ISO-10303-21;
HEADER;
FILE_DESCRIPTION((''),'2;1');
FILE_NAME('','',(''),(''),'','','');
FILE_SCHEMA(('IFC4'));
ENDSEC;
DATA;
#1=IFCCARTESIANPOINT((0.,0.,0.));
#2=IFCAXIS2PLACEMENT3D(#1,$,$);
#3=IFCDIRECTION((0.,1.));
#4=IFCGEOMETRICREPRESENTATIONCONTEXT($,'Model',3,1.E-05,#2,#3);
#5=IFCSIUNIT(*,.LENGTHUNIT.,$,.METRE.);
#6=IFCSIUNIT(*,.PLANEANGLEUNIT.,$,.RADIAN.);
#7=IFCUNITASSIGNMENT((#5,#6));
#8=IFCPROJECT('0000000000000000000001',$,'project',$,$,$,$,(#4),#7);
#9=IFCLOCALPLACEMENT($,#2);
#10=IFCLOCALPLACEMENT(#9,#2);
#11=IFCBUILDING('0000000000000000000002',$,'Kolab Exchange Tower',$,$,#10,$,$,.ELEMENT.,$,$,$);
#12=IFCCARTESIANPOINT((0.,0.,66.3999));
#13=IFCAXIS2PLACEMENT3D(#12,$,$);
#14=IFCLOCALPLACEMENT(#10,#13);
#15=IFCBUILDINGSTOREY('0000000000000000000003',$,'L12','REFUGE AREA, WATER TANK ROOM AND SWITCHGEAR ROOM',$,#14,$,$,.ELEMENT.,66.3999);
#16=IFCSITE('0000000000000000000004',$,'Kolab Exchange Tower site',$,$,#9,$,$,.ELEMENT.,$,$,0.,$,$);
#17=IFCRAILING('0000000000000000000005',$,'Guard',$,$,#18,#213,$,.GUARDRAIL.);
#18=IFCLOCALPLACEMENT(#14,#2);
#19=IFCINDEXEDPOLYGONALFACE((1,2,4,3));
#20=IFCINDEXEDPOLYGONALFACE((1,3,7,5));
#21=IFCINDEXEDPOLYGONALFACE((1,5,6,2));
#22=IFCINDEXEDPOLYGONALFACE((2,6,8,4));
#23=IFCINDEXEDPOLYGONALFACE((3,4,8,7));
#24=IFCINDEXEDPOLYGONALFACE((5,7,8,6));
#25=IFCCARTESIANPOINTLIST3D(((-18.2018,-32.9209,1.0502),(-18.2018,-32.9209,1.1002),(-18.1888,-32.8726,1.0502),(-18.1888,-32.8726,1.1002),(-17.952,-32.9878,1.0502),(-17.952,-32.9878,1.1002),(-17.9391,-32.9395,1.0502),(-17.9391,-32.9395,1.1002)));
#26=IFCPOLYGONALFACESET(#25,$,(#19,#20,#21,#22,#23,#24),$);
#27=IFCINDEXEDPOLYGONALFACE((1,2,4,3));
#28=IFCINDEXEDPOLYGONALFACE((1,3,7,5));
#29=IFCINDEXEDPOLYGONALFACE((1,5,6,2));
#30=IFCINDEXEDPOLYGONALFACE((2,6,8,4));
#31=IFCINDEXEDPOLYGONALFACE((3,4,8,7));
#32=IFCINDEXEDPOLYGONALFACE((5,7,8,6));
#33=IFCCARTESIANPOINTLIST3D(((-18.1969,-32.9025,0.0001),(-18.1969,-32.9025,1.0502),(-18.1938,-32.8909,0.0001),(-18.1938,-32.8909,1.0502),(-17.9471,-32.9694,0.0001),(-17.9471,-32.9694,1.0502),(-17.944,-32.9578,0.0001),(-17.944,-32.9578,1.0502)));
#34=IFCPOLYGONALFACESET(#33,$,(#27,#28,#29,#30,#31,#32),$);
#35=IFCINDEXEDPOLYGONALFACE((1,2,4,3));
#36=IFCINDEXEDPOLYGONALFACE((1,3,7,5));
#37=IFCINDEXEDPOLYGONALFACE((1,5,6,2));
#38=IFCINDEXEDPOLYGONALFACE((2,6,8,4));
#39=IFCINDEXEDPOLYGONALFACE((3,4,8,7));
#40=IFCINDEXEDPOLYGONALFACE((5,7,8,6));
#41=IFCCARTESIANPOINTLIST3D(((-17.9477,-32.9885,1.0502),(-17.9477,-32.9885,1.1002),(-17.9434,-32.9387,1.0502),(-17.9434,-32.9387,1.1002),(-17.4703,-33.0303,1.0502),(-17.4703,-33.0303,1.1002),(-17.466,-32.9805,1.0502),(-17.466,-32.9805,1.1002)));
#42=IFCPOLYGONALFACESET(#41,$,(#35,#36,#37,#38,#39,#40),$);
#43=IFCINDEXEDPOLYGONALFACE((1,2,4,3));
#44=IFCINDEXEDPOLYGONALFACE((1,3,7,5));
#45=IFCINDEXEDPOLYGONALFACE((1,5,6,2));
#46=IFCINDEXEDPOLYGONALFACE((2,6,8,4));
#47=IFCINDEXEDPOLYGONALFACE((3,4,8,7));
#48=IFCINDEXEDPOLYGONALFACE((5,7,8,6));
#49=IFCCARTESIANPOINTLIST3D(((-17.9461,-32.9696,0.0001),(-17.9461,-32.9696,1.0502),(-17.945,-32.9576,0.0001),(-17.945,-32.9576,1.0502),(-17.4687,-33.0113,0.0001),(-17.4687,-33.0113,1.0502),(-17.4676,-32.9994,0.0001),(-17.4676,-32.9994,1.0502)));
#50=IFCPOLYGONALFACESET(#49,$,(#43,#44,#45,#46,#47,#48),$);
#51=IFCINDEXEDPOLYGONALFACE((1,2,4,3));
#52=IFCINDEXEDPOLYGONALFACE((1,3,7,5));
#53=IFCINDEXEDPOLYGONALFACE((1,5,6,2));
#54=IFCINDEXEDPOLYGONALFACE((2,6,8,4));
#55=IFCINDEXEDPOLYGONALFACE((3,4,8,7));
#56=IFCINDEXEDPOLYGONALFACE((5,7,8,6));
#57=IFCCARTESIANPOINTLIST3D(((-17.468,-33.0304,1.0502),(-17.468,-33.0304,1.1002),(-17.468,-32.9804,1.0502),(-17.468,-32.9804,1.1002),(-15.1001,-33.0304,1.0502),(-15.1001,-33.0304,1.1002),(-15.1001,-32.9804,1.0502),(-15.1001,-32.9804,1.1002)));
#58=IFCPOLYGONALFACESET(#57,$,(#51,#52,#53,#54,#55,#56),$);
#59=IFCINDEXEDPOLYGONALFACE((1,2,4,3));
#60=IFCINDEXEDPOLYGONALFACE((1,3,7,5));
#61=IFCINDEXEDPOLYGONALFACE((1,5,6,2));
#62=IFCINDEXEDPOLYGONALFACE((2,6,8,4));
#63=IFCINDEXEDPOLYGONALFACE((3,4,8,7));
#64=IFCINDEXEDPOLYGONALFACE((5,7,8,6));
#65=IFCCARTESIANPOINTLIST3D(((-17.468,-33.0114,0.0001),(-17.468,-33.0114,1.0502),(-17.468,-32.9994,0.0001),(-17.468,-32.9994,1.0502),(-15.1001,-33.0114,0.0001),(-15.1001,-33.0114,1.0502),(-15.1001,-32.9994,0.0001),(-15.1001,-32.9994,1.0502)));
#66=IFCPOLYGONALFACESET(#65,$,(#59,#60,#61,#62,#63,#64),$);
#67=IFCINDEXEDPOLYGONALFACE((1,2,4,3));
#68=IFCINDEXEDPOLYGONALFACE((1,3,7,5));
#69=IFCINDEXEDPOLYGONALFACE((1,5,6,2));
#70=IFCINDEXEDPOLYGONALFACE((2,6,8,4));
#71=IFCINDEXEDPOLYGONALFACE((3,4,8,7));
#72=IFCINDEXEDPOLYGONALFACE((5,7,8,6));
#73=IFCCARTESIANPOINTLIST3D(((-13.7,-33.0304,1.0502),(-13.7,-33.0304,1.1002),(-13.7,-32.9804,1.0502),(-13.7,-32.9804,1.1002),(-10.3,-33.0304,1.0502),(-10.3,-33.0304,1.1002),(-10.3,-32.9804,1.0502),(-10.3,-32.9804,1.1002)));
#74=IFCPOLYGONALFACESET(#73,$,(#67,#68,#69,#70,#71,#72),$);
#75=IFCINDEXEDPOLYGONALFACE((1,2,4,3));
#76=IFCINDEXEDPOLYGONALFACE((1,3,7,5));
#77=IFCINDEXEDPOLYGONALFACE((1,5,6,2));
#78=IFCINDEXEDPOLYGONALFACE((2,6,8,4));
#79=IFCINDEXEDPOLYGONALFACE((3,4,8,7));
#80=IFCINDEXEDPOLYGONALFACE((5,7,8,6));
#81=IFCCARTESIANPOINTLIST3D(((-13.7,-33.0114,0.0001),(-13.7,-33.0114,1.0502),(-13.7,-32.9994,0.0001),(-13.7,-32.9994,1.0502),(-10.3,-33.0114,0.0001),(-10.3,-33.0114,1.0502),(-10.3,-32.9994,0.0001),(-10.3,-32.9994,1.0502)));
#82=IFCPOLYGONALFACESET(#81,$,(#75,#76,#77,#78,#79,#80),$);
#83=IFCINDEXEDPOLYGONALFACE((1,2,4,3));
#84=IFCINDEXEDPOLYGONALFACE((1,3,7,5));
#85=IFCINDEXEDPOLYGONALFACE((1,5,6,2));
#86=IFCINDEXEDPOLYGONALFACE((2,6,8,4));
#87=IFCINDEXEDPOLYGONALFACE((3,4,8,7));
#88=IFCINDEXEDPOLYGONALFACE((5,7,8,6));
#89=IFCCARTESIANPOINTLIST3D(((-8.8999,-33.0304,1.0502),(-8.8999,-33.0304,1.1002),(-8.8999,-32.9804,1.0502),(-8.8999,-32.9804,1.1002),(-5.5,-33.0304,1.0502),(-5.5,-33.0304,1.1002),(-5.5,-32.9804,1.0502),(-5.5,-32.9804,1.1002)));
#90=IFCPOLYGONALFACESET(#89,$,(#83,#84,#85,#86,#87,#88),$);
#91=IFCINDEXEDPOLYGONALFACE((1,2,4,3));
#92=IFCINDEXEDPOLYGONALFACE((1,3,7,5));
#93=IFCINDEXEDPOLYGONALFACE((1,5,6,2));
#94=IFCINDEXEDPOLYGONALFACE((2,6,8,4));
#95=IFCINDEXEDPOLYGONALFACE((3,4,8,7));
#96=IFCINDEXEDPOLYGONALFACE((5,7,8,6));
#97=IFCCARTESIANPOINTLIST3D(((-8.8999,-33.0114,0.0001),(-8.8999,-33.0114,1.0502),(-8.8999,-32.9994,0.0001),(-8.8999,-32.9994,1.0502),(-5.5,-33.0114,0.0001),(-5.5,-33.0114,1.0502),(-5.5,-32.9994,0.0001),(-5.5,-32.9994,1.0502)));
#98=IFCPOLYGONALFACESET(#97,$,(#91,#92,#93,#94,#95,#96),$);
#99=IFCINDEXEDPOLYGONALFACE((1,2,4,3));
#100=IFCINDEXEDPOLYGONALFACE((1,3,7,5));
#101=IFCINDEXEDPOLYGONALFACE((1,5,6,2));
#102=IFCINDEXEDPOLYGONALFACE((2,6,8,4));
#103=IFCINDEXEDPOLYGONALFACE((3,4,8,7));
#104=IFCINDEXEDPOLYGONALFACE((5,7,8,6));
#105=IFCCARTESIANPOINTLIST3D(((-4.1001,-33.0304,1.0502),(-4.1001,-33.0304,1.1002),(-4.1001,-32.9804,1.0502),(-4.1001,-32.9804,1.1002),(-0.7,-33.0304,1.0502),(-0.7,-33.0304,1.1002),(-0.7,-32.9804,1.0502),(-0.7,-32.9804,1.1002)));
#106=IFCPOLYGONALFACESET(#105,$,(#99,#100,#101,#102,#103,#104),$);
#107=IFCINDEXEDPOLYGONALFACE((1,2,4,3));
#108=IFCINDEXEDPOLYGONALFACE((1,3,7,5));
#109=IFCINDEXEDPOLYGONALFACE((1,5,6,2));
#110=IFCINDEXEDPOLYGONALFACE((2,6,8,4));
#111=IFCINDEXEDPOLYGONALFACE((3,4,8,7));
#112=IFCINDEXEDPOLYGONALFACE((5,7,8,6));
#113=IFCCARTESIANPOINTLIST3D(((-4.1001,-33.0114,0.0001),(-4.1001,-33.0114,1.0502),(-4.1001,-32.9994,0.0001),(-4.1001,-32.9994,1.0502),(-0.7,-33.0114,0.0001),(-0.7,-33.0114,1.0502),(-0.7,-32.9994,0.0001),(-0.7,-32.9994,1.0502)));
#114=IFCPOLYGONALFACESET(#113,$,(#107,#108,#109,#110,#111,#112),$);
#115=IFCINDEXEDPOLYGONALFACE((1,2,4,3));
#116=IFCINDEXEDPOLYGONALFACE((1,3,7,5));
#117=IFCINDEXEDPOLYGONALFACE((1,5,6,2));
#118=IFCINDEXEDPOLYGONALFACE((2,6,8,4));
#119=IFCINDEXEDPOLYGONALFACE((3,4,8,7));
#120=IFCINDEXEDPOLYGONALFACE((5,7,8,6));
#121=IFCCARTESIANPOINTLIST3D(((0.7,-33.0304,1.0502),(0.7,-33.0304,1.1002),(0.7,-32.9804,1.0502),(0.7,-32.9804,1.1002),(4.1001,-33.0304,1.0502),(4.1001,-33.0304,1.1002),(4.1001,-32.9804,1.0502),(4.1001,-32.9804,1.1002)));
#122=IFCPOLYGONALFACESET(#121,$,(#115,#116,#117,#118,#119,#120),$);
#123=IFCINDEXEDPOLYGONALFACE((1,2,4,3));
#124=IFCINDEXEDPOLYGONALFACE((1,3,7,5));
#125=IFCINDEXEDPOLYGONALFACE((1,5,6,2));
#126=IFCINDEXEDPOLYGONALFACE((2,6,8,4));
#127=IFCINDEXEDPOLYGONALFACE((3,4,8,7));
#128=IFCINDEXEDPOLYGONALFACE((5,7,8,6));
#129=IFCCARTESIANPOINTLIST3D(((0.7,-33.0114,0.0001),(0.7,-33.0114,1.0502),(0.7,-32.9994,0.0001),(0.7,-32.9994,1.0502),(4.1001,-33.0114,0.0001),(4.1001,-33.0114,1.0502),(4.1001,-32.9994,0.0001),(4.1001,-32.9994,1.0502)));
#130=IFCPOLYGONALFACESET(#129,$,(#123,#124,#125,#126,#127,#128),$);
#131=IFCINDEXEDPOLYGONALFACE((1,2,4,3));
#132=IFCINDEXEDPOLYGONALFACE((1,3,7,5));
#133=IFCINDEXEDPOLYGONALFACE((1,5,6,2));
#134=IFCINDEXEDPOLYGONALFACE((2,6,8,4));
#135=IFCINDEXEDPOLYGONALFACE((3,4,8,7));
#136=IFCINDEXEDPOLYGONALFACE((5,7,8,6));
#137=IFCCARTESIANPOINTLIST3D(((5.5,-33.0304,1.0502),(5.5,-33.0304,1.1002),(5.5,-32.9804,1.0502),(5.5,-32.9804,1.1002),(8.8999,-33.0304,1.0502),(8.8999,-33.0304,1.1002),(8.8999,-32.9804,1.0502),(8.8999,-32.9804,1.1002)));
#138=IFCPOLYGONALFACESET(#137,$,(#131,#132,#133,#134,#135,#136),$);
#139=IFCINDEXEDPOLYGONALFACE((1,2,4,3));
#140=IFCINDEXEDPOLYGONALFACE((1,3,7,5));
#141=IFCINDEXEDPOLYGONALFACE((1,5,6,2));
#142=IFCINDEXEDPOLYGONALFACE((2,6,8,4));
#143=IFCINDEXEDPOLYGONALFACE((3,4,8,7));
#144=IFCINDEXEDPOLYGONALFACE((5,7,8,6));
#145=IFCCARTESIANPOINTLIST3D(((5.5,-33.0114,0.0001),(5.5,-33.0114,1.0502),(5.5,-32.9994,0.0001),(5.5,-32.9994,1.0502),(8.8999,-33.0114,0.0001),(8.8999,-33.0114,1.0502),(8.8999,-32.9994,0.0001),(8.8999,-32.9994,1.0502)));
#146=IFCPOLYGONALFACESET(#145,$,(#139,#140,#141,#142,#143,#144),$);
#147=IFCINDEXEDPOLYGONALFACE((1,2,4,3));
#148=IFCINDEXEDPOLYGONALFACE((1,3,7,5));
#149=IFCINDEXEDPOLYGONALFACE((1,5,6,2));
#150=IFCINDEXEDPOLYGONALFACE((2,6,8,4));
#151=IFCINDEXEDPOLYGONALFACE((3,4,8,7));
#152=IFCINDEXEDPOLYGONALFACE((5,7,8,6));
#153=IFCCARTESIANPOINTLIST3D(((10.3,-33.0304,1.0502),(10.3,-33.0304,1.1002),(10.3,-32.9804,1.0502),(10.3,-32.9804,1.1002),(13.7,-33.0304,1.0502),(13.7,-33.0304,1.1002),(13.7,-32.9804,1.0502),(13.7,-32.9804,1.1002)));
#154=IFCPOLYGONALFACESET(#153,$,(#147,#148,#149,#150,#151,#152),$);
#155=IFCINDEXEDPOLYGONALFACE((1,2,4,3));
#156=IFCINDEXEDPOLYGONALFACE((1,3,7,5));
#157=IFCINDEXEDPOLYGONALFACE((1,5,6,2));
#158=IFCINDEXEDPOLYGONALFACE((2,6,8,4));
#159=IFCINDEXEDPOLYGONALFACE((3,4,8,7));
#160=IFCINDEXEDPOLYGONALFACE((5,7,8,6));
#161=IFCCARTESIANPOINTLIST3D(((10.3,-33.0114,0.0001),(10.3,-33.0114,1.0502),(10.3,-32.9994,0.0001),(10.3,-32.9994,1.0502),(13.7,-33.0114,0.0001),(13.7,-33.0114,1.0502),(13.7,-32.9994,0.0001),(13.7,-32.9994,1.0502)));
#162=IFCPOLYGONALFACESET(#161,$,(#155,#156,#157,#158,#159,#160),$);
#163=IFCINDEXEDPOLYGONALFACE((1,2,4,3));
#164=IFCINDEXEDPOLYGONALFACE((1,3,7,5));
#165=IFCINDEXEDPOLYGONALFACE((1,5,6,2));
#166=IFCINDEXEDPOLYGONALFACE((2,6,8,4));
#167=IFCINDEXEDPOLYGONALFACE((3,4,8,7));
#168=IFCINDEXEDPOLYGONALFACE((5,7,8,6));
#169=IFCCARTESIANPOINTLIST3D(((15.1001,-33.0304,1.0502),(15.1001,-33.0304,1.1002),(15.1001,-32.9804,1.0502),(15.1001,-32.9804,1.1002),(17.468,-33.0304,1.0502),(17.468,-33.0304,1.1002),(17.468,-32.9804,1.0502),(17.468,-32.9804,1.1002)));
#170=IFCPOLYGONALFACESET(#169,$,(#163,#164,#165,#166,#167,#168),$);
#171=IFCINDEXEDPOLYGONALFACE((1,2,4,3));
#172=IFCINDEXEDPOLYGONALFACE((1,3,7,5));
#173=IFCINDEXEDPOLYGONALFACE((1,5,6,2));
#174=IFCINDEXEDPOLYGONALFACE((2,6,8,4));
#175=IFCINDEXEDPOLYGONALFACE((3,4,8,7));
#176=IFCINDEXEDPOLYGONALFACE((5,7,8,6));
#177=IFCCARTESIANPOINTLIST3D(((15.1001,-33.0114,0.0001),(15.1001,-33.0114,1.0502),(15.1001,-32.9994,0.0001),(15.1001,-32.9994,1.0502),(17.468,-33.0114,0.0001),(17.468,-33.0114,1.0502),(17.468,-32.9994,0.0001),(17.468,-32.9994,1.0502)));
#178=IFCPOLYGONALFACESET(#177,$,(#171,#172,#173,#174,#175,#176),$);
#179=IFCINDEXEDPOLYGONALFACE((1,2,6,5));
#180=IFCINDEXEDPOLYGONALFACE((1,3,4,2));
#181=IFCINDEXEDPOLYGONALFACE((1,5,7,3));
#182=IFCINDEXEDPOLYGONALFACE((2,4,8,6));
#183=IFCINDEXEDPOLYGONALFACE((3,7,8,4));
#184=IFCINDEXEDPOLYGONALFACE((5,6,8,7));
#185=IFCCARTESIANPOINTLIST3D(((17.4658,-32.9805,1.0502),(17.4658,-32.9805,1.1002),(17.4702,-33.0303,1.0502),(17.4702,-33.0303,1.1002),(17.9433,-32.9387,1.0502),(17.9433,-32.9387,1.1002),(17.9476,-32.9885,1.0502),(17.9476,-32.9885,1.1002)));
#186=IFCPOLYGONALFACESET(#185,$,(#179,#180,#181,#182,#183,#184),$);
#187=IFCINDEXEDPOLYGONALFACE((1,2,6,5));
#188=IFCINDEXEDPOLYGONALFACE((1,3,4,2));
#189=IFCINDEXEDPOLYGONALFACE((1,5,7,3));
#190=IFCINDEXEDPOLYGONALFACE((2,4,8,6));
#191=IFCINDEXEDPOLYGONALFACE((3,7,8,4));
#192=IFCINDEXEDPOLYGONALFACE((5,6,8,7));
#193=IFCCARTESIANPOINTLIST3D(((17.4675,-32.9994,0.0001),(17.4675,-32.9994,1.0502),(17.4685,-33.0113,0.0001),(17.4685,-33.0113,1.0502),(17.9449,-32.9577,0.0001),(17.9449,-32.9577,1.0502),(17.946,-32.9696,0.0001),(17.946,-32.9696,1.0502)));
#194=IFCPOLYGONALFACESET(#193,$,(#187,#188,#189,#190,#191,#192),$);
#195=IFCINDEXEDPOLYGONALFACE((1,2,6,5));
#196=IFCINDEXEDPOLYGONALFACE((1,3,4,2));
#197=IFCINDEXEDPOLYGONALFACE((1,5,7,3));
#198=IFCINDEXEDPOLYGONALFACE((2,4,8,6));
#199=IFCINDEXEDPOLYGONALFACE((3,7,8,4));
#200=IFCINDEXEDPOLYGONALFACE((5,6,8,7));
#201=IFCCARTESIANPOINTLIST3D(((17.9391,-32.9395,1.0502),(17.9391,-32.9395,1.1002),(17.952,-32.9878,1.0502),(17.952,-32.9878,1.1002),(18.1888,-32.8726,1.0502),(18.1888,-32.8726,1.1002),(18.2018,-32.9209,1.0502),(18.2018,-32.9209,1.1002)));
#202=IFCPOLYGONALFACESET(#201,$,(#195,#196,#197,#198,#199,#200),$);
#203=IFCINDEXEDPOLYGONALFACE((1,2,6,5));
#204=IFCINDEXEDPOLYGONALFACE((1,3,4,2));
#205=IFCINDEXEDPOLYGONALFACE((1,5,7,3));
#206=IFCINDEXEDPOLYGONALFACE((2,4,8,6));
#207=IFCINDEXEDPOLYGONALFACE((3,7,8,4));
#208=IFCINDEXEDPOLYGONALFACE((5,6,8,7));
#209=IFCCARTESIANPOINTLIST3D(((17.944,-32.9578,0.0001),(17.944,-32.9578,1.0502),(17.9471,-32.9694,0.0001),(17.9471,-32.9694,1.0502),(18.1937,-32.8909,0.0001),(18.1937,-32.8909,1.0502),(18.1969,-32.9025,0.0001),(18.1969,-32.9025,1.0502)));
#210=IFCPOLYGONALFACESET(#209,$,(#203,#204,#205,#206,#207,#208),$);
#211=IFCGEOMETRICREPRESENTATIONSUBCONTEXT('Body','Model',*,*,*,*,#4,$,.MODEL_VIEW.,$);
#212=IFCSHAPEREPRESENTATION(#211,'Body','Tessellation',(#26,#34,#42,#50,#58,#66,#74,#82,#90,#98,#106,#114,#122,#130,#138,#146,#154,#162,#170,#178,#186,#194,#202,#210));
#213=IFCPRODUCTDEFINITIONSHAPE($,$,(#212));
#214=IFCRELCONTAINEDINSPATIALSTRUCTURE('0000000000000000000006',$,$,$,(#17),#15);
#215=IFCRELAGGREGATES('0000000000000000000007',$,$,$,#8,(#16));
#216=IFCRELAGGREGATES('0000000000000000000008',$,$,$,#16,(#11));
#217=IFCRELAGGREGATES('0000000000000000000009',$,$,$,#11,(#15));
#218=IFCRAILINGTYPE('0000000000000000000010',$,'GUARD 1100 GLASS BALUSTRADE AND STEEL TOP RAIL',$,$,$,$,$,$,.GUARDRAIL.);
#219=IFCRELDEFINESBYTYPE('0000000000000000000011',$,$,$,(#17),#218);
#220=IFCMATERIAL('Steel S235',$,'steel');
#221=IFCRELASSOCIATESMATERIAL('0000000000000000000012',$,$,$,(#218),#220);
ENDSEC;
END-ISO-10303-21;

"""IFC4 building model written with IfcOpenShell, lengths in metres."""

from ifc_helpers import new_model, si_unit, direction, frame, frame_2d, origin, origin_2d, place, context, subcontext, project, spatial, rectangle, extrude, material, type_object, element, save


model = new_model("IFC4")

# Units and contexts
model_context = context("Model", 3, precision=1e-05, world=origin(), true_north=direction((0.0, 1.0)))
body_context = subcontext(model_context, "Body", "Model", "MODEL_VIEW")
ifc_project = project(units=[si_unit("LENGTHUNIT", "METRE"), si_unit("PLANEANGLEUNIT", "RADIAN")], contexts=[model_context])

# Site, building, storey
site_placement = place(None, origin())
site = spatial("IfcSite", under=ifc_project, at=site_placement, Name="Kolab Exchange Tower site", CompositionType="ELEMENT", RefElevation=0.0)
building_placement = place(site_placement, origin())
building = spatial("IfcBuilding", under=site, at=building_placement, Name="Kolab Exchange Tower", CompositionType="ELEMENT")
storey_placement = place(building_placement, frame((0.0, 0.0, 66.3999)))
storey = spatial("IfcBuildingStorey", under=building, at=storey_placement, Name="L12", Description="REFUGE AREA, WATER TANK ROOM AND SWITCHGEAR ROOM", CompositionType="ELEMENT", Elevation=66.3999)

# Railing
ifc_material_1 = material(Name="Steel S235", Category="steel")
railing_type = type_object("IfcRailingType", Name="GUARD 1100 GLASS BALUSTRADE AND STEEL TOP RAIL", PredefinedType="GUARDRAIL", material=ifc_material_1)
railing_placement = place(storey_placement, frame((-18.1953, -32.8967, 0.0)))
element("IfcRailing", 1, at=railing_placement, inside=storey, type_object=railing_type, Name="Guard", PredefinedType="GUARDRAIL", context=body_context, shape_type="SweptSolid", body=[
    extrude(rectangle(XDim=0.05, YDim=0.05, at=origin_2d()), frame((0.0, 0.0, 1.0752), z_axis=(0.965952, -0.25872, 0.0), x_axis=(0.25872, 0.965952, 0.0)), (0.0, 0.0, 1.0), 0.2585),
    extrude(rectangle(XDim=0.012, YDim=1.0501, at=frame_2d((0.0, 0.5251))), frame((0.0, 0.0, 0.0), z_axis=(0.965952, -0.25872, 0.0), x_axis=(0.25872, 0.965952, 0.0)), (0.0, 0.0, 1.0), 0.2585),
    extrude(rectangle(XDim=0.05, YDim=0.05, at=origin_2d()), frame((0.2498, -0.0669, 1.0752), z_axis=(0.9962, -0.087091, 0.0), x_axis=(0.087091, 0.9962, 0.0)), (0.0, 0.0, 1.0), 0.4792),
    extrude(rectangle(XDim=0.012, YDim=1.0501, at=frame_2d((0.0, 0.5251))), frame((0.2498, -0.0669, 0.0), z_axis=(0.9962, -0.087091, 0.0), x_axis=(0.087091, 0.9962, 0.0)), (0.0, 0.0, 1.0), 0.4792),
    extrude(rectangle(XDim=0.05, YDim=0.05, at=origin_2d()), frame((0.7273, -0.1086, 1.0752), z_axis=(1.0, 0.0, 0.0), x_axis=(0.0, 1.0, 0.0)), (0.0, 0.0, 1.0), 2.3679),
    extrude(rectangle(XDim=0.012, YDim=1.0501, at=frame_2d((0.0, 0.5251))), frame((0.7273, -0.1086, 0.0), z_axis=(1.0, 0.0, 0.0), x_axis=(0.0, 1.0, 0.0)), (0.0, 0.0, 1.0), 2.3679),
    extrude(rectangle(XDim=0.05, YDim=0.05, at=origin_2d()), frame((4.4954, -0.1086, 1.0752), z_axis=(1.0, 0.0, 0.0), x_axis=(0.0, 1.0, 0.0)), (0.0, 0.0, 1.0), 3.3999),
    extrude(rectangle(XDim=0.012, YDim=1.0501, at=frame_2d((0.0, 0.5251))), frame((4.4954, -0.1086, 0.0), z_axis=(1.0, 0.0, 0.0), x_axis=(0.0, 1.0, 0.0)), (0.0, 0.0, 1.0), 3.3999),
    extrude(rectangle(XDim=0.05, YDim=0.05, at=origin_2d()), frame((9.2954, -0.1086, 1.0752), z_axis=(1.0, 0.0, 0.0), x_axis=(0.0, 1.0, 0.0)), (0.0, 0.0, 1.0), 3.3999),
    extrude(rectangle(XDim=0.012, YDim=1.0501, at=frame_2d((0.0, 0.5251))), frame((9.2954, -0.1086, 0.0), z_axis=(1.0, 0.0, 0.0), x_axis=(0.0, 1.0, 0.0)), (0.0, 0.0, 1.0), 3.3999),
    extrude(rectangle(XDim=0.05, YDim=0.05, at=origin_2d()), frame((14.0952, -0.1086, 1.0752), z_axis=(1.0, 0.0, 0.0), x_axis=(0.0, 1.0, 0.0)), (0.0, 0.0, 1.0), 3.4001),
    extrude(rectangle(XDim=0.012, YDim=1.0501, at=frame_2d((0.0, 0.5251))), frame((14.0952, -0.1086, 0.0), z_axis=(1.0, 0.0, 0.0), x_axis=(0.0, 1.0, 0.0)), (0.0, 0.0, 1.0), 3.4001),
    extrude(rectangle(XDim=0.05, YDim=0.05, at=origin_2d()), frame((18.8953, -0.1086, 1.0752), z_axis=(1.0, 0.0, 0.0), x_axis=(0.0, 1.0, 0.0)), (0.0, 0.0, 1.0), 3.4001),
    extrude(rectangle(XDim=0.012, YDim=1.0501, at=frame_2d((0.0, 0.5251))), frame((18.8953, -0.1086, 0.0), z_axis=(1.0, 0.0, 0.0), x_axis=(0.0, 1.0, 0.0)), (0.0, 0.0, 1.0), 3.4001),
    extrude(rectangle(XDim=0.05, YDim=0.05, at=origin_2d()), frame((23.6953, -0.1086, 1.0752), z_axis=(1.0, 0.0, 0.0), x_axis=(0.0, 1.0, 0.0)), (0.0, 0.0, 1.0), 3.3999),
    extrude(rectangle(XDim=0.012, YDim=1.0501, at=frame_2d((0.0, 0.5251))), frame((23.6953, -0.1086, 0.0), z_axis=(1.0, 0.0, 0.0), x_axis=(0.0, 1.0, 0.0)), (0.0, 0.0, 1.0), 3.3999),
    extrude(rectangle(XDim=0.05, YDim=0.05, at=origin_2d()), frame((28.4954, -0.1086, 1.0752), z_axis=(1.0, 0.0, 0.0), x_axis=(0.0, 1.0, 0.0)), (0.0, 0.0, 1.0), 3.3999),
    extrude(rectangle(XDim=0.012, YDim=1.0501, at=frame_2d((0.0, 0.5251))), frame((28.4954, -0.1086, 0.0), z_axis=(1.0, 0.0, 0.0), x_axis=(0.0, 1.0, 0.0)), (0.0, 0.0, 1.0), 3.3999),
    extrude(rectangle(XDim=0.05, YDim=0.05, at=origin_2d()), frame((33.2954, -0.1086, 1.0752), z_axis=(1.0, 0.0, 0.0), x_axis=(0.0, 1.0, 0.0)), (0.0, 0.0, 1.0), 2.3679),
    extrude(rectangle(XDim=0.012, YDim=1.0501, at=frame_2d((0.0, 0.5251))), frame((33.2954, -0.1086, 0.0), z_axis=(1.0, 0.0, 0.0), x_axis=(0.0, 1.0, 0.0)), (0.0, 0.0, 1.0), 2.3679),
    extrude(rectangle(XDim=0.05, YDim=0.05, at=origin_2d()), frame((35.6633, -0.1086, 1.0752), z_axis=(0.9962, 0.087091, 0.0), x_axis=(-0.087091, 0.9962, 0.0)), (0.0, 0.0, 1.0), 0.4792),
    extrude(rectangle(XDim=0.012, YDim=1.0501, at=frame_2d((0.0, 0.5251))), frame((35.6633, -0.1086, 0.0), z_axis=(0.9962, 0.087091, 0.0), x_axis=(-0.087091, 0.9962, 0.0)), (0.0, 0.0, 1.0), 0.4792),
    extrude(rectangle(XDim=0.05, YDim=0.05, at=origin_2d()), frame((36.1409, -0.0669, 1.0752), z_axis=(0.965952, 0.25872, 0.0), x_axis=(-0.25872, 0.965952, 0.0)), (0.0, 0.0, 1.0), 0.2585),
    extrude(rectangle(XDim=0.012, YDim=1.0501, at=frame_2d((0.0, 0.5251))), frame((36.1409, -0.0669, 0.0), z_axis=(0.965952, 0.25872, 0.0), x_axis=(-0.25872, 0.965952, 0.0)), (0.0, 0.0, 1.0), 0.2585),
])

save(model, "model.ifc")
